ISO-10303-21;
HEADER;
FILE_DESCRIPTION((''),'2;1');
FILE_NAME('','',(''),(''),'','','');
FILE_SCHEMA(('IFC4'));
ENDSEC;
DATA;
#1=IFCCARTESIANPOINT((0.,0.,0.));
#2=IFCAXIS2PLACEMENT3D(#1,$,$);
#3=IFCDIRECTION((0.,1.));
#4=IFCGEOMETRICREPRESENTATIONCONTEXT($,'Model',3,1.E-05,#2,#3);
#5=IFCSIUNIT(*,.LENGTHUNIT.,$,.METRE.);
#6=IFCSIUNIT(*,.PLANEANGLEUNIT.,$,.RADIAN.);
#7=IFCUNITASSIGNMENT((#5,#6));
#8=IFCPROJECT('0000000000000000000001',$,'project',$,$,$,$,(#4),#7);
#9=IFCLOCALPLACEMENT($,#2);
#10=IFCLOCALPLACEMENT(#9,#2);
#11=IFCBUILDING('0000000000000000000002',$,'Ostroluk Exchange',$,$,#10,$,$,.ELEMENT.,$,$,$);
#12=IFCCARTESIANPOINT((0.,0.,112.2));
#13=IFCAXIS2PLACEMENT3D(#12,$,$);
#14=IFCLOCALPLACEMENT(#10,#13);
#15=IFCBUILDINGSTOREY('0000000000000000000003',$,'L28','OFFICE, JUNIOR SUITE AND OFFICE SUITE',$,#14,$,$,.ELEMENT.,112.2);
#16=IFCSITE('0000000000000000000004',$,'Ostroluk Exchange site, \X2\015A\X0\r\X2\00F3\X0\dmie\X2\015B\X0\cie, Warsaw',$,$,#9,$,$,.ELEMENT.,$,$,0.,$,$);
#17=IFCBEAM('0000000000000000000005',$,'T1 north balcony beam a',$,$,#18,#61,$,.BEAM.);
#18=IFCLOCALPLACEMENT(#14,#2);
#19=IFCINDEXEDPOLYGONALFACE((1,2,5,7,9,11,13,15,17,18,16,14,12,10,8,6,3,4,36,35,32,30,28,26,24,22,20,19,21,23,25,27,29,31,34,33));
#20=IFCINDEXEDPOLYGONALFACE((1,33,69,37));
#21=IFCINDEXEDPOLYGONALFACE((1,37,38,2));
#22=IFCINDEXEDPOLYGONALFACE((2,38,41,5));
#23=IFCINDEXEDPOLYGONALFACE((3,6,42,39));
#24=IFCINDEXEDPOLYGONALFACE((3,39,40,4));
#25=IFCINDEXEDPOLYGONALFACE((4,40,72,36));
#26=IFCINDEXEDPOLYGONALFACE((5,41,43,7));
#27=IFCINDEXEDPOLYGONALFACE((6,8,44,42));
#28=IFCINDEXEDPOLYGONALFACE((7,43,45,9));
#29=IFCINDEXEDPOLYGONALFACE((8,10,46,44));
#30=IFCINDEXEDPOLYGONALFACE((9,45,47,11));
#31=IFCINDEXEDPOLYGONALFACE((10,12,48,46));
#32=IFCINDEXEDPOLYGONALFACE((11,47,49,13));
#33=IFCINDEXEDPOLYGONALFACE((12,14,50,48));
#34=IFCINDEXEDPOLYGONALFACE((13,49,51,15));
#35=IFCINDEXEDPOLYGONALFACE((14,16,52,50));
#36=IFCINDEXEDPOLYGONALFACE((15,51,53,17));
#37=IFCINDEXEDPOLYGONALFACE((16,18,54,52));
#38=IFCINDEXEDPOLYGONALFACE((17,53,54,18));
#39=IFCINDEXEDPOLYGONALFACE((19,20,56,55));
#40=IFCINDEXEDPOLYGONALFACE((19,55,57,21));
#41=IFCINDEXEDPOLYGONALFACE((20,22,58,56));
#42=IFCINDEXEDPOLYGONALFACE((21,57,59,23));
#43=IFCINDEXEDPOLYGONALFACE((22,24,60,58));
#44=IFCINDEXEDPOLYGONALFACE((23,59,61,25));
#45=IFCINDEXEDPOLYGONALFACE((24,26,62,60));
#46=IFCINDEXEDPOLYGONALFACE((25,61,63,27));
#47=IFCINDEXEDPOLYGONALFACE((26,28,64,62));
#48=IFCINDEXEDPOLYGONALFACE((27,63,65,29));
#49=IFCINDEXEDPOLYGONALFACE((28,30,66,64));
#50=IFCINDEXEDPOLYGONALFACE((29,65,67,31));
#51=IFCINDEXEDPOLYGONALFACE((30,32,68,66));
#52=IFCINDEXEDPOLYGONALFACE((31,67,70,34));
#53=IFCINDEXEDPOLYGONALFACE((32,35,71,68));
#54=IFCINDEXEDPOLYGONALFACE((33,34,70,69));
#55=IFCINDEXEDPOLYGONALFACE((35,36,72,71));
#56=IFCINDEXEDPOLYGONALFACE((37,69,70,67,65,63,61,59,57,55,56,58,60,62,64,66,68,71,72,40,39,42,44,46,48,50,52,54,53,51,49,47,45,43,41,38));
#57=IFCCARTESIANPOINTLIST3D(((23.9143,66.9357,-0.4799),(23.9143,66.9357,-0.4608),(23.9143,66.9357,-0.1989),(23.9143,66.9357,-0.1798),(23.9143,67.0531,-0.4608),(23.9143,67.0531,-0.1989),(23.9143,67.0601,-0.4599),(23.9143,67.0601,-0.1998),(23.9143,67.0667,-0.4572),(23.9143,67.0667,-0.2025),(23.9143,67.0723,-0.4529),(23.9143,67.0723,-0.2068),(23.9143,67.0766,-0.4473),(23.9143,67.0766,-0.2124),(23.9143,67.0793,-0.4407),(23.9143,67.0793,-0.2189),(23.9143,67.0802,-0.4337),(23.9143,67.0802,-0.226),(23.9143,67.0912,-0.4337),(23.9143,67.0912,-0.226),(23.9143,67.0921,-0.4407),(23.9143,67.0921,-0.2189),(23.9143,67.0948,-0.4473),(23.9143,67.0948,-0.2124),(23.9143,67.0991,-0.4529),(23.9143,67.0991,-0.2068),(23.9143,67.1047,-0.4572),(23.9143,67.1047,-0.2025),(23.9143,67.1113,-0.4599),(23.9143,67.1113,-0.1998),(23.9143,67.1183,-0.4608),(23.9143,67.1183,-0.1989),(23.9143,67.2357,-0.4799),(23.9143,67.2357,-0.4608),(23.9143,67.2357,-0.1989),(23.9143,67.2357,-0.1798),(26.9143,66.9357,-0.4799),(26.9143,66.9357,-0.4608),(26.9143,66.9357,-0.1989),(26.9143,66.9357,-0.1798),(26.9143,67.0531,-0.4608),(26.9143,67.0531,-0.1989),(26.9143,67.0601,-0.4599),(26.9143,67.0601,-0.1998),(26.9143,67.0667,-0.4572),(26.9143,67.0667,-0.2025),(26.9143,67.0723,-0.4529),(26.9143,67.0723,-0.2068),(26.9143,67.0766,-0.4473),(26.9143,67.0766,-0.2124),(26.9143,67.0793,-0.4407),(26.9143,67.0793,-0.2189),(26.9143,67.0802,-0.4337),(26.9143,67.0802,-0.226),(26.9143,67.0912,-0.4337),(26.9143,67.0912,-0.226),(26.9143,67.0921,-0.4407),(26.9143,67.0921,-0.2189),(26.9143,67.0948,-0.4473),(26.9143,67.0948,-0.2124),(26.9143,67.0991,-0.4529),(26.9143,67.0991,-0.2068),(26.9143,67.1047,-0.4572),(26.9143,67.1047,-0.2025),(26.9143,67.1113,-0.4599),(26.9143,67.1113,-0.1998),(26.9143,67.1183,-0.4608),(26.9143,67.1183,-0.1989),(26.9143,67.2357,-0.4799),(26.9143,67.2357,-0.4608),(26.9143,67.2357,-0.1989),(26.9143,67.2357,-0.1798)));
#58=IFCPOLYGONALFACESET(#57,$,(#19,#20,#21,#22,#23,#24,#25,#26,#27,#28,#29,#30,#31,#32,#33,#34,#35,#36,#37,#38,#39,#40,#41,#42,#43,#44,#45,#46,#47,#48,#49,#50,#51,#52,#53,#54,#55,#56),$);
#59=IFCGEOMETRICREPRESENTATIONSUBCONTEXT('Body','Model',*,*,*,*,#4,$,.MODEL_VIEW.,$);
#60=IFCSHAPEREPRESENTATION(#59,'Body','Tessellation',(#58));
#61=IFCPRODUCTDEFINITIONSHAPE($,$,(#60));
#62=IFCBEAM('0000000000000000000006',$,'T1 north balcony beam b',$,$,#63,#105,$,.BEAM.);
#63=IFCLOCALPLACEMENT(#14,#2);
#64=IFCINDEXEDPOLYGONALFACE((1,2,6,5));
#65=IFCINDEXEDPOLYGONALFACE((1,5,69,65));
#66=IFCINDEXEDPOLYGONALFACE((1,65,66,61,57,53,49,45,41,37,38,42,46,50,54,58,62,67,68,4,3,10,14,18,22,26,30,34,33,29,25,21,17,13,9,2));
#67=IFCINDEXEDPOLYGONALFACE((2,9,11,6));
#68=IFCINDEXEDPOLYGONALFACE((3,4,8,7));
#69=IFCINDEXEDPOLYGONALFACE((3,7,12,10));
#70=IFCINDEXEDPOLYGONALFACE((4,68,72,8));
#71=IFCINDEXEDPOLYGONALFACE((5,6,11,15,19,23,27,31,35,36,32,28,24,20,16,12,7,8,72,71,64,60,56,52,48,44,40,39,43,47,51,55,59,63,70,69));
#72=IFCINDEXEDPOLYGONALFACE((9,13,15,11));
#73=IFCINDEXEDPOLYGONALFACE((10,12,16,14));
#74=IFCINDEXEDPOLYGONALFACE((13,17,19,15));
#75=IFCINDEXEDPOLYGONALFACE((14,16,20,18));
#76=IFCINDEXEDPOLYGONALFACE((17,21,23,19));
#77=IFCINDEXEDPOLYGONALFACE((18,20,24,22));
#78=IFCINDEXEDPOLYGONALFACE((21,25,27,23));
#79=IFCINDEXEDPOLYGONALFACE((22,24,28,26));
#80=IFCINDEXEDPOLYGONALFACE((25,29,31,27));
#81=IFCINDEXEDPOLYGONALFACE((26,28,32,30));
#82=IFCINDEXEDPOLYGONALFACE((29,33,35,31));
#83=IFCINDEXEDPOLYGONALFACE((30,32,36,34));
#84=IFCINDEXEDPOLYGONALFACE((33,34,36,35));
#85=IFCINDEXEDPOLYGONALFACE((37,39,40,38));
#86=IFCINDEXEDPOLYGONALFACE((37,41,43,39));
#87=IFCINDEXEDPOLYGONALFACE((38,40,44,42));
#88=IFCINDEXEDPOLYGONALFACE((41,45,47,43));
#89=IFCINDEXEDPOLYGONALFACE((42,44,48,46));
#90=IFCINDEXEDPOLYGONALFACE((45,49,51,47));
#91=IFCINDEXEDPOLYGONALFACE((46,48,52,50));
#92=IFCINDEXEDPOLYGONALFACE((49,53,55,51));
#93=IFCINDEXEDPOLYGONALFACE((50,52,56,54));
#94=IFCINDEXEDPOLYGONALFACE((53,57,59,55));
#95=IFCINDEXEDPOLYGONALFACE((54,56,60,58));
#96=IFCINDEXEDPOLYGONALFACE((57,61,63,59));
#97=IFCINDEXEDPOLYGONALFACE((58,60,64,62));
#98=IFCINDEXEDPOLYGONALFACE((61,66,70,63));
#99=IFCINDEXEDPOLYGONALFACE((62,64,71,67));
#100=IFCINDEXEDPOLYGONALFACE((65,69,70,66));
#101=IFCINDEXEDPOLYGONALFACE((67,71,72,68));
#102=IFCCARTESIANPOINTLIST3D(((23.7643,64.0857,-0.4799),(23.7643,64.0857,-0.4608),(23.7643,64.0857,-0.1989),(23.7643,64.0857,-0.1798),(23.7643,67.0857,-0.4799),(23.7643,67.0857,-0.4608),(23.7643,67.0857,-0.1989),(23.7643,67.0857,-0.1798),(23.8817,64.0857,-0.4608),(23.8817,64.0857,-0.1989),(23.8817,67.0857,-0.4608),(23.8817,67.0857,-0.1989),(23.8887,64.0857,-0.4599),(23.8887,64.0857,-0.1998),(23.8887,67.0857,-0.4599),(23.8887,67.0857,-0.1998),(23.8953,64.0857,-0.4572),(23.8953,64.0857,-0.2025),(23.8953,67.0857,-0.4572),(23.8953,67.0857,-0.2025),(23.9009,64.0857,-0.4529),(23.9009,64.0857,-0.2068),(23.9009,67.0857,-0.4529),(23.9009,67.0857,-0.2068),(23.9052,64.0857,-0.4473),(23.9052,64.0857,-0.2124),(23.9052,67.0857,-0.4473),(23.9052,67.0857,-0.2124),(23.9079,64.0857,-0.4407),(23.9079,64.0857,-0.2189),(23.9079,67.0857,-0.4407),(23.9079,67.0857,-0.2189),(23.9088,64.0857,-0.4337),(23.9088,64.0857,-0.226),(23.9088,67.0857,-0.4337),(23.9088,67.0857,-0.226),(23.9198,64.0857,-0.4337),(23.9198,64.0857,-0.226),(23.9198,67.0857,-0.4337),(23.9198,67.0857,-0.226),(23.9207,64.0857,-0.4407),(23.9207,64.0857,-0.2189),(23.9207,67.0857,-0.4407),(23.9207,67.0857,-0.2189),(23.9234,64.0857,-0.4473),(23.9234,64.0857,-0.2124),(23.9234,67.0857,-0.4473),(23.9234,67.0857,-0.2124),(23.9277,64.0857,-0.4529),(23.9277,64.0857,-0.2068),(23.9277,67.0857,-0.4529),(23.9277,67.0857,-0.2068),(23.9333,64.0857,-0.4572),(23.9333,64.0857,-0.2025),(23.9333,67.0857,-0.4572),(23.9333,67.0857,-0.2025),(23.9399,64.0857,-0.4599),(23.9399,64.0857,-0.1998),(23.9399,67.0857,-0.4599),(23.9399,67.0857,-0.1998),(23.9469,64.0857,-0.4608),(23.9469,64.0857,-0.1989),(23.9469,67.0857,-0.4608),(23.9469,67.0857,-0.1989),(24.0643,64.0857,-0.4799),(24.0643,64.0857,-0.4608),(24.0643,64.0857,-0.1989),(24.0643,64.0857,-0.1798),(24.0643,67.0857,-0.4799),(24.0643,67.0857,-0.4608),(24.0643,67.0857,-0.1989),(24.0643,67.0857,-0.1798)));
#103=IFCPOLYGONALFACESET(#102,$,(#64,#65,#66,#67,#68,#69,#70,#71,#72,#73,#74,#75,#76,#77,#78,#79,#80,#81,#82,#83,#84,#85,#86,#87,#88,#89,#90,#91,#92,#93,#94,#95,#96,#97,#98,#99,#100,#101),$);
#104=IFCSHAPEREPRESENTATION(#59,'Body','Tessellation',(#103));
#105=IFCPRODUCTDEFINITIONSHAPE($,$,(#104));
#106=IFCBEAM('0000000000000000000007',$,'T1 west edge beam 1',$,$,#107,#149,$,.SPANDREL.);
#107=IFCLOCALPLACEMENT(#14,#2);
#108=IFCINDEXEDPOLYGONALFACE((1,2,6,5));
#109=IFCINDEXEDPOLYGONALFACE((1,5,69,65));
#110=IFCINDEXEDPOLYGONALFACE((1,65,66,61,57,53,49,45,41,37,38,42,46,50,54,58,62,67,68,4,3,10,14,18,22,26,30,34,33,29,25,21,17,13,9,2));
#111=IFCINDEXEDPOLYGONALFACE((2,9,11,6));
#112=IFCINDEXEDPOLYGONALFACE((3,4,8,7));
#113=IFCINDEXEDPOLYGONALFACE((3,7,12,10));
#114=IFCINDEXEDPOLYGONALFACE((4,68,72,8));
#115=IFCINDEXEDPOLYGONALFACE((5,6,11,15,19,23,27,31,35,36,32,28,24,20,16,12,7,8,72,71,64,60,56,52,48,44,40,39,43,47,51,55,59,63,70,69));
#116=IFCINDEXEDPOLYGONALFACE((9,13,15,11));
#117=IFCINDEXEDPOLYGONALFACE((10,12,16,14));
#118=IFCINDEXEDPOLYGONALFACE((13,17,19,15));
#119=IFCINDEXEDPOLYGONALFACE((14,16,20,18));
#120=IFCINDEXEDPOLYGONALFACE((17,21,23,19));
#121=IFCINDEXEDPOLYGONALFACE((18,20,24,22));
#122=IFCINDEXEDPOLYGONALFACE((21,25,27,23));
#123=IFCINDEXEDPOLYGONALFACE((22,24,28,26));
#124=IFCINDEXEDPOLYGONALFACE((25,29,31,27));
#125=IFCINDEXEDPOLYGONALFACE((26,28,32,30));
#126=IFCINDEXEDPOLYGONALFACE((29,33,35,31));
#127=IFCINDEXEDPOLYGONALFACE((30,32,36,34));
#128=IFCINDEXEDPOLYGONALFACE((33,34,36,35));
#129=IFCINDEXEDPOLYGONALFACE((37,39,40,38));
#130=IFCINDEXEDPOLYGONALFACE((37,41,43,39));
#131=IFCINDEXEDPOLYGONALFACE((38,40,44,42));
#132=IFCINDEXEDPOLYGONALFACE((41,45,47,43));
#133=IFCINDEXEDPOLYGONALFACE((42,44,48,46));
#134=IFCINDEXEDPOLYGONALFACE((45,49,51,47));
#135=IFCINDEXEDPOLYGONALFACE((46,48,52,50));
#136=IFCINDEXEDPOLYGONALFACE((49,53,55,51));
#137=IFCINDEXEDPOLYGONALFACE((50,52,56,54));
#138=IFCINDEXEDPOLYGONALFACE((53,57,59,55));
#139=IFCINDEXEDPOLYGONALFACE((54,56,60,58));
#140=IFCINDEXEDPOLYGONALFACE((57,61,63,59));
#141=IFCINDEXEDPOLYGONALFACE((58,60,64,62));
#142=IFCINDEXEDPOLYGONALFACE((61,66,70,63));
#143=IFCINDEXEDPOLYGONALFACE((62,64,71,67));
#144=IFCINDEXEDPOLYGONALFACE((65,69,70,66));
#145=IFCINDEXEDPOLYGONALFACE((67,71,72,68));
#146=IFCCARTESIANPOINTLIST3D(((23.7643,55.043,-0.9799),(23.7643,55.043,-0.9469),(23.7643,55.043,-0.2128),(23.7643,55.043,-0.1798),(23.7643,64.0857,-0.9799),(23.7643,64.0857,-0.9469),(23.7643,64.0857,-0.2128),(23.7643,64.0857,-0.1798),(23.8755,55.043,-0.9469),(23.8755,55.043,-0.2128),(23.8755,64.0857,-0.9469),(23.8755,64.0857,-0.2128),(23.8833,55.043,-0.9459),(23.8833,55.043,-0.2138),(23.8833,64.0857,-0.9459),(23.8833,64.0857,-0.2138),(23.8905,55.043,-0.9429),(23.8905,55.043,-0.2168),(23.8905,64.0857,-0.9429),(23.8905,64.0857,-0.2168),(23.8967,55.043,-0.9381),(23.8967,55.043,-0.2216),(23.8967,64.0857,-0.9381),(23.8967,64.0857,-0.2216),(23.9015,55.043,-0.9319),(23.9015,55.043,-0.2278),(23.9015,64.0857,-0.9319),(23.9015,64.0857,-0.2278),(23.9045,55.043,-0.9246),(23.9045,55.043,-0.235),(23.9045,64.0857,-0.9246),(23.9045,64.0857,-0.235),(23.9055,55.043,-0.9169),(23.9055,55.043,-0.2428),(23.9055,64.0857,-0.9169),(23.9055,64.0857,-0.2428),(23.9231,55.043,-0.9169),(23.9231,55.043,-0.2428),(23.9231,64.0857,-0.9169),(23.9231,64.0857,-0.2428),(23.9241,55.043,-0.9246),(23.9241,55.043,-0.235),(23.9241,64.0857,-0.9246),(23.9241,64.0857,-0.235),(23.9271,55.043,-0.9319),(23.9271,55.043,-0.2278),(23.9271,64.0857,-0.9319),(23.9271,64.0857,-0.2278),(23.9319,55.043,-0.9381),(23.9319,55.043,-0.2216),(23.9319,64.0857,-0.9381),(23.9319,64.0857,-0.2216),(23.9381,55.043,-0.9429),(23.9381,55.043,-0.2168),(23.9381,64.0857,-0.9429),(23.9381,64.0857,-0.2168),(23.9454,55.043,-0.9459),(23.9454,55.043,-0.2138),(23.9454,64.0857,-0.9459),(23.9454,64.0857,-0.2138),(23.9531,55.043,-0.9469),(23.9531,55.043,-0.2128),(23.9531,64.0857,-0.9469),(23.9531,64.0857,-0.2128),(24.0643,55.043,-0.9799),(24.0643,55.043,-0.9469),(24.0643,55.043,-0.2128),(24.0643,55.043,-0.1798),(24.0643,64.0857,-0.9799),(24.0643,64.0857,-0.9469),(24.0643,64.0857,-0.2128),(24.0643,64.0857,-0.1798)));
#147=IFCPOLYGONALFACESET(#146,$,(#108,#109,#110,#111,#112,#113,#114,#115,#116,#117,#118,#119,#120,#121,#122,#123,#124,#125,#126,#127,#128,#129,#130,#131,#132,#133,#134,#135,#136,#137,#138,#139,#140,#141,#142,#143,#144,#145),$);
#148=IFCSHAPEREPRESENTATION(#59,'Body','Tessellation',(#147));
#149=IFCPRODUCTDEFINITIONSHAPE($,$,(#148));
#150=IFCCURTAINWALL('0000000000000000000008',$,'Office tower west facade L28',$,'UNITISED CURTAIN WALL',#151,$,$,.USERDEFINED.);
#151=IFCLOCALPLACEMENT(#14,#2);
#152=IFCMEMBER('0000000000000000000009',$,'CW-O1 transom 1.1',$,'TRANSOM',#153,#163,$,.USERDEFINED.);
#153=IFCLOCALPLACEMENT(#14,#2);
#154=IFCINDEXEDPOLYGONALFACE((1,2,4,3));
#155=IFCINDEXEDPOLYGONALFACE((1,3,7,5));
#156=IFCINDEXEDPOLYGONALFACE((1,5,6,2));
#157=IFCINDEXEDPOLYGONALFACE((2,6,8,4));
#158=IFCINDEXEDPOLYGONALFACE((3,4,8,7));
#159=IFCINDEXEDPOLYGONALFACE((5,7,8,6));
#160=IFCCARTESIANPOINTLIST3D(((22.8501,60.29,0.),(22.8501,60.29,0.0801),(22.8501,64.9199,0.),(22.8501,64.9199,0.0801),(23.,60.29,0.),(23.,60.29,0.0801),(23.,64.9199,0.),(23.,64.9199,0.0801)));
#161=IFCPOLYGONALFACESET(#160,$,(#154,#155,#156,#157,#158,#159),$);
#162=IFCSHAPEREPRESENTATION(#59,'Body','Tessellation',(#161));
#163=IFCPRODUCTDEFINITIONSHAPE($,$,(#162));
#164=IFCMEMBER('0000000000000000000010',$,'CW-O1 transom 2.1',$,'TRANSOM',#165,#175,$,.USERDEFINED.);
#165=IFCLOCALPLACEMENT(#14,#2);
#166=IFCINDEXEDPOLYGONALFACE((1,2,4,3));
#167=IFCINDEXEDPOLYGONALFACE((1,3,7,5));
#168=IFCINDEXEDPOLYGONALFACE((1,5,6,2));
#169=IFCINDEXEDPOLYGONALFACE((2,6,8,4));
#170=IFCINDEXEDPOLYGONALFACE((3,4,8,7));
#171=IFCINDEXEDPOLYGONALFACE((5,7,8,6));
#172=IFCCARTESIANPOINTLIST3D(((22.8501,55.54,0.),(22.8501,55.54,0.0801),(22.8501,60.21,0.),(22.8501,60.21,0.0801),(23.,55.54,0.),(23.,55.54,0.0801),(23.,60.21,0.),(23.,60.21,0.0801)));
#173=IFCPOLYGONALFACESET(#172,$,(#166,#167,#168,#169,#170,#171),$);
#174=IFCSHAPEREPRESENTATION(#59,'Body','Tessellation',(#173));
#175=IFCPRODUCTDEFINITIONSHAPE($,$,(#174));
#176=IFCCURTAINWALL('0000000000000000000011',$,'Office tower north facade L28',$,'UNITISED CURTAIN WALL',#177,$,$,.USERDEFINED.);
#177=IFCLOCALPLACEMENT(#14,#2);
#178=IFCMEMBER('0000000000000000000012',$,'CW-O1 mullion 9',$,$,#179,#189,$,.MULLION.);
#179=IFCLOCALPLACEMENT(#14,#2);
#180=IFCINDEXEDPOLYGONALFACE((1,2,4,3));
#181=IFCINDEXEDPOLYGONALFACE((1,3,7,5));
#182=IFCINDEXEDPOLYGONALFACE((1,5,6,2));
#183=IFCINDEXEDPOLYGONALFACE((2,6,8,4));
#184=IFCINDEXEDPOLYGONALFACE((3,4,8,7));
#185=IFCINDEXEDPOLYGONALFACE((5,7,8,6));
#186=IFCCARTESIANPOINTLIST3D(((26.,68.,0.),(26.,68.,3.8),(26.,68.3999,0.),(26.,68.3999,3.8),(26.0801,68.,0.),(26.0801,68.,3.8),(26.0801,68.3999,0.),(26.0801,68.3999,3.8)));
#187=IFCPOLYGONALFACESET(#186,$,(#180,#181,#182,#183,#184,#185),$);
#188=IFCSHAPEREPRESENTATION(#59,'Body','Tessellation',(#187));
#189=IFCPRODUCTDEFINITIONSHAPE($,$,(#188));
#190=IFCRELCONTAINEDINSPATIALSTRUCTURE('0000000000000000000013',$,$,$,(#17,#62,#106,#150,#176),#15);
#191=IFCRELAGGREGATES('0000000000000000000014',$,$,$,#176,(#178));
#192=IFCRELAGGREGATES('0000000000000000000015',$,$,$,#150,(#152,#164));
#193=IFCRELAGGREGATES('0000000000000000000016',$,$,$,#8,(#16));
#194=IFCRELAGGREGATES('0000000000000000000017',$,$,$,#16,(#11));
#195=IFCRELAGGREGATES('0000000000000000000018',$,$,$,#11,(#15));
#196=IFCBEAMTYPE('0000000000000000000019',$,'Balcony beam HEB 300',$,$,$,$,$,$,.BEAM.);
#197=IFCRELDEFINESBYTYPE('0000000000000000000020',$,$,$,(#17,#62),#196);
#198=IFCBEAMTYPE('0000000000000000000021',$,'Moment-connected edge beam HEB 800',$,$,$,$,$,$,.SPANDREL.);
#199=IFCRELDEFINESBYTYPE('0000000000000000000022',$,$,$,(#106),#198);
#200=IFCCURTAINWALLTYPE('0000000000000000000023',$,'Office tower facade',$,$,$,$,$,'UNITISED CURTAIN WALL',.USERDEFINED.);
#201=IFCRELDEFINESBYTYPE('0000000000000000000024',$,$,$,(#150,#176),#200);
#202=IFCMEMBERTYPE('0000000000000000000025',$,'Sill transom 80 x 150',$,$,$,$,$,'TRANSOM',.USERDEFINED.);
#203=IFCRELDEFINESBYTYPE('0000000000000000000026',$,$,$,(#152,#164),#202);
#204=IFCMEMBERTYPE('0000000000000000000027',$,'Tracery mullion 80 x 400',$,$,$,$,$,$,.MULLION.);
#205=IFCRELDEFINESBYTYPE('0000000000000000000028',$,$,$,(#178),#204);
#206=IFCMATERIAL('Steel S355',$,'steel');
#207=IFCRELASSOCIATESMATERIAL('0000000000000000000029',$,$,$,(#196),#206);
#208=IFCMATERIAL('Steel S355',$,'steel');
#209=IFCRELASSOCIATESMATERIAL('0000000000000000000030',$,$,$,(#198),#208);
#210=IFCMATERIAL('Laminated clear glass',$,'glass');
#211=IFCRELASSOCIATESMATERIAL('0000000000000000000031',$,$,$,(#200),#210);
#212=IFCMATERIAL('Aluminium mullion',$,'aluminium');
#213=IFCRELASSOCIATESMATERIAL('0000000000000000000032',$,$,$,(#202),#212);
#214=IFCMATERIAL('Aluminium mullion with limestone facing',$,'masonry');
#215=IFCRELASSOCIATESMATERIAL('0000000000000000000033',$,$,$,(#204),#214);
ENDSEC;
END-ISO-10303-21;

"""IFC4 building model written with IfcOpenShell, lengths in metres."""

from ifc_helpers import new_model, si_unit, direction, frame, origin, origin_2d, place, context, subcontext, project, spatial, rectangle, i_section, extrude, material, material_profile, profile_set, type_object, element, aggregate, save


model = new_model("IFC4")

# Units and contexts
model_context = context("Model", 3, precision=1e-05, world=origin(), true_north=direction((0.0, 1.0)))
body_context = subcontext(model_context, "Body", "Model", "MODEL_VIEW")
ifc_project = project(units=[si_unit("LENGTHUNIT", "METRE"), si_unit("PLANEANGLEUNIT", "RADIAN")], contexts=[model_context])

# Site, building, storey
site_placement = place(None, origin())
site = spatial("IfcSite", under=ifc_project, at=site_placement, Name="Ostroluk Exchange site, Śródmieście, Warsaw", CompositionType="ELEMENT", RefElevation=0.0)
building_placement = place(site_placement, origin())
building = spatial("IfcBuilding", under=site, at=building_placement, Name="Ostroluk Exchange", CompositionType="ELEMENT")
storey_placement = place(building_placement, frame((0.0, 0.0, 112.2)))
storey = spatial("IfcBuildingStorey", under=building, at=storey_placement, Name="L28", Description="OFFICE, JUNIOR SUITE AND OFFICE SUITE", CompositionType="ELEMENT", Elevation=112.2)

# Beams
ifc_material_1 = material(Name="Steel S355", Category="steel")
ifc_material_profile_1 = material_profile(ifc_material_1, i_section(OverallWidth=0.3, OverallDepth=0.3, WebThickness=0.011, FlangeThickness=0.019, FilletRadius=0.0271, at=origin_2d()), Name="HEB 300")
ifc_profile_set_1 = profile_set([ifc_material_profile_1], Name="Steel S355")
beam_type_1 = type_object("IfcBeamType", Name="Balcony beam HEB 300", PredefinedType="BEAM", material=ifc_profile_set_1)
for number, where, z_axis, x_axis, name in (
    (1, (26.9143, 67.0857, -0.3298), (-1.0, 0.0, 0.0), (0.0, -1.0, 0.0), "T1 north balcony beam a"),
    (2, (23.9143, 64.0857, -0.3298), (0.0, 1.0, 0.0), (-1.0, 0.0, 0.0), "T1 north balcony beam b"),
):
    element("IfcBeam", number, at=place(storey_placement, frame(where, z_axis=z_axis, x_axis=x_axis)), inside=storey, type_object=beam_type_1, Name=name, PredefinedType="BEAM", context=body_context, shape_type="SweptSolid", body=[
        extrude(i_section(OverallWidth=0.3, OverallDepth=0.3, WebThickness=0.011, FlangeThickness=0.019, FilletRadius=0.0271, at=origin_2d()), origin(), (0.0, 0.0, 1.0), 3.0),
    ])
ifc_material_2 = material(Name="Steel S355", Category="steel")
ifc_material_profile_2 = material_profile(ifc_material_2, i_section(OverallWidth=0.3, OverallDepth=0.8, WebThickness=0.0176, FlangeThickness=0.033, FilletRadius=0.03, at=origin_2d()), Name="HEB 800")
ifc_profile_set_2 = profile_set([ifc_material_profile_2], Name="Steel S355")
beam_type_2 = type_object("IfcBeamType", Name="Moment-connected edge beam HEB 800", PredefinedType="SPANDREL", material=ifc_profile_set_2)
beam_placement = place(storey_placement, frame((23.9143, 64.0857, -0.5798), z_axis=(0.0, -1.0, 0.0), x_axis=(1.0, 0.0, 0.0)))
element("IfcBeam", 3, at=beam_placement, inside=storey, type_object=beam_type_2, Name="T1 west edge beam 1", PredefinedType="SPANDREL", context=body_context, shape_type="SweptSolid", body=[
    extrude(i_section(OverallWidth=0.3, OverallDepth=0.8, WebThickness=0.0176, FlangeThickness=0.033, FilletRadius=0.03, at=origin_2d()), origin(), (0.0, 0.0, 1.0), 9.0427),
])

# Curtain wall, members
ifc_material_3 = material(Name="Laminated clear glass", Category="glass")
curtain_wall_type = type_object("IfcCurtainWallType", Name="Office tower facade", ElementType="UNITISED CURTAIN WALL", PredefinedType="USERDEFINED", material=ifc_material_3)
curtain_wall_1_placement = place(storey_placement, origin())
curtain_wall_1 = element("IfcCurtainWall", 4, at=curtain_wall_1_placement, inside=storey, type_object=curtain_wall_type, Name="Office tower west facade L28", ObjectType="UNITISED CURTAIN WALL", PredefinedType="USERDEFINED")
ifc_material_4 = material(Name="Aluminium mullion", Category="aluminium")
ifc_material_profile_3 = material_profile(ifc_material_4, rectangle(XDim=0.1499, YDim=0.0801, at=origin_2d()), Name="Sill transom 80 x 150")
ifc_profile_set_3 = profile_set([ifc_material_profile_3], Name="Aluminium mullion")
member_type_1 = type_object("IfcMemberType", Name="Sill transom 80 x 150", ElementType="TRANSOM", PredefinedType="USERDEFINED", material=ifc_profile_set_3)
member_1_placement = place(storey_placement, frame((22.925, 64.9199, 0.04), z_axis=(0.0, -1.0, 0.0), x_axis=(1.0, 0.0, 0.0)))
member_1 = element("IfcMember", 5, at=member_1_placement, type_object=member_type_1, Name="CW-O1 transom 1.1", ObjectType="TRANSOM", PredefinedType="USERDEFINED", context=body_context, shape_type="SweptSolid", body=[
    extrude(rectangle(XDim=0.1499, YDim=0.0801, at=origin_2d()), origin(), (0.0, 0.0, 1.0), 4.6299),
])
member_2_placement = place(storey_placement, frame((22.925, 60.21, 0.04), z_axis=(0.0, -1.0, 0.0), x_axis=(1.0, 0.0, 0.0)))
member_2 = element("IfcMember", 6, at=member_2_placement, type_object=member_type_1, Name="CW-O1 transom 2.1", ObjectType="TRANSOM", PredefinedType="USERDEFINED", context=body_context, shape_type="SweptSolid", body=[
    extrude(rectangle(XDim=0.1499, YDim=0.0801, at=origin_2d()), origin(), (0.0, 0.0, 1.0), 4.6699),
])

# Curtain wall, member
curtain_wall_2_placement = place(storey_placement, origin())
curtain_wall_2 = element("IfcCurtainWall", 7, at=curtain_wall_2_placement, inside=storey, type_object=curtain_wall_type, Name="Office tower north facade L28", ObjectType="UNITISED CURTAIN WALL", PredefinedType="USERDEFINED")
ifc_material_5 = material(Name="Aluminium mullion with limestone facing", Category="masonry")
ifc_material_profile_4 = material_profile(ifc_material_5, rectangle(XDim=0.3999, YDim=0.0801, at=origin_2d()), Name="Tracery mullion 80 x 400")
ifc_profile_set_4 = profile_set([ifc_material_profile_4], Name="Aluminium mullion with limestone facing")
member_type_2 = type_object("IfcMemberType", Name="Tracery mullion 80 x 400", PredefinedType="MULLION", material=ifc_profile_set_4)
member_3_placement = place(storey_placement, frame((26.04, 68.2, 0.0), z_axis=(0.0, 0.0, 1.0), x_axis=(0.0, -1.0, 0.0)))
member_3 = element("IfcMember", 8, at=member_3_placement, type_object=member_type_2, Name="CW-O1 mullion 9", PredefinedType="MULLION", context=body_context, shape_type="SweptSolid", body=[
    extrude(rectangle(XDim=0.3999, YDim=0.0801, at=origin_2d()), origin(), (0.0, 0.0, 1.0), 3.8),
])
aggregate(curtain_wall_2, [member_3])

aggregate(curtain_wall_1, [member_1, member_2])

save(model, "model.ifc")
